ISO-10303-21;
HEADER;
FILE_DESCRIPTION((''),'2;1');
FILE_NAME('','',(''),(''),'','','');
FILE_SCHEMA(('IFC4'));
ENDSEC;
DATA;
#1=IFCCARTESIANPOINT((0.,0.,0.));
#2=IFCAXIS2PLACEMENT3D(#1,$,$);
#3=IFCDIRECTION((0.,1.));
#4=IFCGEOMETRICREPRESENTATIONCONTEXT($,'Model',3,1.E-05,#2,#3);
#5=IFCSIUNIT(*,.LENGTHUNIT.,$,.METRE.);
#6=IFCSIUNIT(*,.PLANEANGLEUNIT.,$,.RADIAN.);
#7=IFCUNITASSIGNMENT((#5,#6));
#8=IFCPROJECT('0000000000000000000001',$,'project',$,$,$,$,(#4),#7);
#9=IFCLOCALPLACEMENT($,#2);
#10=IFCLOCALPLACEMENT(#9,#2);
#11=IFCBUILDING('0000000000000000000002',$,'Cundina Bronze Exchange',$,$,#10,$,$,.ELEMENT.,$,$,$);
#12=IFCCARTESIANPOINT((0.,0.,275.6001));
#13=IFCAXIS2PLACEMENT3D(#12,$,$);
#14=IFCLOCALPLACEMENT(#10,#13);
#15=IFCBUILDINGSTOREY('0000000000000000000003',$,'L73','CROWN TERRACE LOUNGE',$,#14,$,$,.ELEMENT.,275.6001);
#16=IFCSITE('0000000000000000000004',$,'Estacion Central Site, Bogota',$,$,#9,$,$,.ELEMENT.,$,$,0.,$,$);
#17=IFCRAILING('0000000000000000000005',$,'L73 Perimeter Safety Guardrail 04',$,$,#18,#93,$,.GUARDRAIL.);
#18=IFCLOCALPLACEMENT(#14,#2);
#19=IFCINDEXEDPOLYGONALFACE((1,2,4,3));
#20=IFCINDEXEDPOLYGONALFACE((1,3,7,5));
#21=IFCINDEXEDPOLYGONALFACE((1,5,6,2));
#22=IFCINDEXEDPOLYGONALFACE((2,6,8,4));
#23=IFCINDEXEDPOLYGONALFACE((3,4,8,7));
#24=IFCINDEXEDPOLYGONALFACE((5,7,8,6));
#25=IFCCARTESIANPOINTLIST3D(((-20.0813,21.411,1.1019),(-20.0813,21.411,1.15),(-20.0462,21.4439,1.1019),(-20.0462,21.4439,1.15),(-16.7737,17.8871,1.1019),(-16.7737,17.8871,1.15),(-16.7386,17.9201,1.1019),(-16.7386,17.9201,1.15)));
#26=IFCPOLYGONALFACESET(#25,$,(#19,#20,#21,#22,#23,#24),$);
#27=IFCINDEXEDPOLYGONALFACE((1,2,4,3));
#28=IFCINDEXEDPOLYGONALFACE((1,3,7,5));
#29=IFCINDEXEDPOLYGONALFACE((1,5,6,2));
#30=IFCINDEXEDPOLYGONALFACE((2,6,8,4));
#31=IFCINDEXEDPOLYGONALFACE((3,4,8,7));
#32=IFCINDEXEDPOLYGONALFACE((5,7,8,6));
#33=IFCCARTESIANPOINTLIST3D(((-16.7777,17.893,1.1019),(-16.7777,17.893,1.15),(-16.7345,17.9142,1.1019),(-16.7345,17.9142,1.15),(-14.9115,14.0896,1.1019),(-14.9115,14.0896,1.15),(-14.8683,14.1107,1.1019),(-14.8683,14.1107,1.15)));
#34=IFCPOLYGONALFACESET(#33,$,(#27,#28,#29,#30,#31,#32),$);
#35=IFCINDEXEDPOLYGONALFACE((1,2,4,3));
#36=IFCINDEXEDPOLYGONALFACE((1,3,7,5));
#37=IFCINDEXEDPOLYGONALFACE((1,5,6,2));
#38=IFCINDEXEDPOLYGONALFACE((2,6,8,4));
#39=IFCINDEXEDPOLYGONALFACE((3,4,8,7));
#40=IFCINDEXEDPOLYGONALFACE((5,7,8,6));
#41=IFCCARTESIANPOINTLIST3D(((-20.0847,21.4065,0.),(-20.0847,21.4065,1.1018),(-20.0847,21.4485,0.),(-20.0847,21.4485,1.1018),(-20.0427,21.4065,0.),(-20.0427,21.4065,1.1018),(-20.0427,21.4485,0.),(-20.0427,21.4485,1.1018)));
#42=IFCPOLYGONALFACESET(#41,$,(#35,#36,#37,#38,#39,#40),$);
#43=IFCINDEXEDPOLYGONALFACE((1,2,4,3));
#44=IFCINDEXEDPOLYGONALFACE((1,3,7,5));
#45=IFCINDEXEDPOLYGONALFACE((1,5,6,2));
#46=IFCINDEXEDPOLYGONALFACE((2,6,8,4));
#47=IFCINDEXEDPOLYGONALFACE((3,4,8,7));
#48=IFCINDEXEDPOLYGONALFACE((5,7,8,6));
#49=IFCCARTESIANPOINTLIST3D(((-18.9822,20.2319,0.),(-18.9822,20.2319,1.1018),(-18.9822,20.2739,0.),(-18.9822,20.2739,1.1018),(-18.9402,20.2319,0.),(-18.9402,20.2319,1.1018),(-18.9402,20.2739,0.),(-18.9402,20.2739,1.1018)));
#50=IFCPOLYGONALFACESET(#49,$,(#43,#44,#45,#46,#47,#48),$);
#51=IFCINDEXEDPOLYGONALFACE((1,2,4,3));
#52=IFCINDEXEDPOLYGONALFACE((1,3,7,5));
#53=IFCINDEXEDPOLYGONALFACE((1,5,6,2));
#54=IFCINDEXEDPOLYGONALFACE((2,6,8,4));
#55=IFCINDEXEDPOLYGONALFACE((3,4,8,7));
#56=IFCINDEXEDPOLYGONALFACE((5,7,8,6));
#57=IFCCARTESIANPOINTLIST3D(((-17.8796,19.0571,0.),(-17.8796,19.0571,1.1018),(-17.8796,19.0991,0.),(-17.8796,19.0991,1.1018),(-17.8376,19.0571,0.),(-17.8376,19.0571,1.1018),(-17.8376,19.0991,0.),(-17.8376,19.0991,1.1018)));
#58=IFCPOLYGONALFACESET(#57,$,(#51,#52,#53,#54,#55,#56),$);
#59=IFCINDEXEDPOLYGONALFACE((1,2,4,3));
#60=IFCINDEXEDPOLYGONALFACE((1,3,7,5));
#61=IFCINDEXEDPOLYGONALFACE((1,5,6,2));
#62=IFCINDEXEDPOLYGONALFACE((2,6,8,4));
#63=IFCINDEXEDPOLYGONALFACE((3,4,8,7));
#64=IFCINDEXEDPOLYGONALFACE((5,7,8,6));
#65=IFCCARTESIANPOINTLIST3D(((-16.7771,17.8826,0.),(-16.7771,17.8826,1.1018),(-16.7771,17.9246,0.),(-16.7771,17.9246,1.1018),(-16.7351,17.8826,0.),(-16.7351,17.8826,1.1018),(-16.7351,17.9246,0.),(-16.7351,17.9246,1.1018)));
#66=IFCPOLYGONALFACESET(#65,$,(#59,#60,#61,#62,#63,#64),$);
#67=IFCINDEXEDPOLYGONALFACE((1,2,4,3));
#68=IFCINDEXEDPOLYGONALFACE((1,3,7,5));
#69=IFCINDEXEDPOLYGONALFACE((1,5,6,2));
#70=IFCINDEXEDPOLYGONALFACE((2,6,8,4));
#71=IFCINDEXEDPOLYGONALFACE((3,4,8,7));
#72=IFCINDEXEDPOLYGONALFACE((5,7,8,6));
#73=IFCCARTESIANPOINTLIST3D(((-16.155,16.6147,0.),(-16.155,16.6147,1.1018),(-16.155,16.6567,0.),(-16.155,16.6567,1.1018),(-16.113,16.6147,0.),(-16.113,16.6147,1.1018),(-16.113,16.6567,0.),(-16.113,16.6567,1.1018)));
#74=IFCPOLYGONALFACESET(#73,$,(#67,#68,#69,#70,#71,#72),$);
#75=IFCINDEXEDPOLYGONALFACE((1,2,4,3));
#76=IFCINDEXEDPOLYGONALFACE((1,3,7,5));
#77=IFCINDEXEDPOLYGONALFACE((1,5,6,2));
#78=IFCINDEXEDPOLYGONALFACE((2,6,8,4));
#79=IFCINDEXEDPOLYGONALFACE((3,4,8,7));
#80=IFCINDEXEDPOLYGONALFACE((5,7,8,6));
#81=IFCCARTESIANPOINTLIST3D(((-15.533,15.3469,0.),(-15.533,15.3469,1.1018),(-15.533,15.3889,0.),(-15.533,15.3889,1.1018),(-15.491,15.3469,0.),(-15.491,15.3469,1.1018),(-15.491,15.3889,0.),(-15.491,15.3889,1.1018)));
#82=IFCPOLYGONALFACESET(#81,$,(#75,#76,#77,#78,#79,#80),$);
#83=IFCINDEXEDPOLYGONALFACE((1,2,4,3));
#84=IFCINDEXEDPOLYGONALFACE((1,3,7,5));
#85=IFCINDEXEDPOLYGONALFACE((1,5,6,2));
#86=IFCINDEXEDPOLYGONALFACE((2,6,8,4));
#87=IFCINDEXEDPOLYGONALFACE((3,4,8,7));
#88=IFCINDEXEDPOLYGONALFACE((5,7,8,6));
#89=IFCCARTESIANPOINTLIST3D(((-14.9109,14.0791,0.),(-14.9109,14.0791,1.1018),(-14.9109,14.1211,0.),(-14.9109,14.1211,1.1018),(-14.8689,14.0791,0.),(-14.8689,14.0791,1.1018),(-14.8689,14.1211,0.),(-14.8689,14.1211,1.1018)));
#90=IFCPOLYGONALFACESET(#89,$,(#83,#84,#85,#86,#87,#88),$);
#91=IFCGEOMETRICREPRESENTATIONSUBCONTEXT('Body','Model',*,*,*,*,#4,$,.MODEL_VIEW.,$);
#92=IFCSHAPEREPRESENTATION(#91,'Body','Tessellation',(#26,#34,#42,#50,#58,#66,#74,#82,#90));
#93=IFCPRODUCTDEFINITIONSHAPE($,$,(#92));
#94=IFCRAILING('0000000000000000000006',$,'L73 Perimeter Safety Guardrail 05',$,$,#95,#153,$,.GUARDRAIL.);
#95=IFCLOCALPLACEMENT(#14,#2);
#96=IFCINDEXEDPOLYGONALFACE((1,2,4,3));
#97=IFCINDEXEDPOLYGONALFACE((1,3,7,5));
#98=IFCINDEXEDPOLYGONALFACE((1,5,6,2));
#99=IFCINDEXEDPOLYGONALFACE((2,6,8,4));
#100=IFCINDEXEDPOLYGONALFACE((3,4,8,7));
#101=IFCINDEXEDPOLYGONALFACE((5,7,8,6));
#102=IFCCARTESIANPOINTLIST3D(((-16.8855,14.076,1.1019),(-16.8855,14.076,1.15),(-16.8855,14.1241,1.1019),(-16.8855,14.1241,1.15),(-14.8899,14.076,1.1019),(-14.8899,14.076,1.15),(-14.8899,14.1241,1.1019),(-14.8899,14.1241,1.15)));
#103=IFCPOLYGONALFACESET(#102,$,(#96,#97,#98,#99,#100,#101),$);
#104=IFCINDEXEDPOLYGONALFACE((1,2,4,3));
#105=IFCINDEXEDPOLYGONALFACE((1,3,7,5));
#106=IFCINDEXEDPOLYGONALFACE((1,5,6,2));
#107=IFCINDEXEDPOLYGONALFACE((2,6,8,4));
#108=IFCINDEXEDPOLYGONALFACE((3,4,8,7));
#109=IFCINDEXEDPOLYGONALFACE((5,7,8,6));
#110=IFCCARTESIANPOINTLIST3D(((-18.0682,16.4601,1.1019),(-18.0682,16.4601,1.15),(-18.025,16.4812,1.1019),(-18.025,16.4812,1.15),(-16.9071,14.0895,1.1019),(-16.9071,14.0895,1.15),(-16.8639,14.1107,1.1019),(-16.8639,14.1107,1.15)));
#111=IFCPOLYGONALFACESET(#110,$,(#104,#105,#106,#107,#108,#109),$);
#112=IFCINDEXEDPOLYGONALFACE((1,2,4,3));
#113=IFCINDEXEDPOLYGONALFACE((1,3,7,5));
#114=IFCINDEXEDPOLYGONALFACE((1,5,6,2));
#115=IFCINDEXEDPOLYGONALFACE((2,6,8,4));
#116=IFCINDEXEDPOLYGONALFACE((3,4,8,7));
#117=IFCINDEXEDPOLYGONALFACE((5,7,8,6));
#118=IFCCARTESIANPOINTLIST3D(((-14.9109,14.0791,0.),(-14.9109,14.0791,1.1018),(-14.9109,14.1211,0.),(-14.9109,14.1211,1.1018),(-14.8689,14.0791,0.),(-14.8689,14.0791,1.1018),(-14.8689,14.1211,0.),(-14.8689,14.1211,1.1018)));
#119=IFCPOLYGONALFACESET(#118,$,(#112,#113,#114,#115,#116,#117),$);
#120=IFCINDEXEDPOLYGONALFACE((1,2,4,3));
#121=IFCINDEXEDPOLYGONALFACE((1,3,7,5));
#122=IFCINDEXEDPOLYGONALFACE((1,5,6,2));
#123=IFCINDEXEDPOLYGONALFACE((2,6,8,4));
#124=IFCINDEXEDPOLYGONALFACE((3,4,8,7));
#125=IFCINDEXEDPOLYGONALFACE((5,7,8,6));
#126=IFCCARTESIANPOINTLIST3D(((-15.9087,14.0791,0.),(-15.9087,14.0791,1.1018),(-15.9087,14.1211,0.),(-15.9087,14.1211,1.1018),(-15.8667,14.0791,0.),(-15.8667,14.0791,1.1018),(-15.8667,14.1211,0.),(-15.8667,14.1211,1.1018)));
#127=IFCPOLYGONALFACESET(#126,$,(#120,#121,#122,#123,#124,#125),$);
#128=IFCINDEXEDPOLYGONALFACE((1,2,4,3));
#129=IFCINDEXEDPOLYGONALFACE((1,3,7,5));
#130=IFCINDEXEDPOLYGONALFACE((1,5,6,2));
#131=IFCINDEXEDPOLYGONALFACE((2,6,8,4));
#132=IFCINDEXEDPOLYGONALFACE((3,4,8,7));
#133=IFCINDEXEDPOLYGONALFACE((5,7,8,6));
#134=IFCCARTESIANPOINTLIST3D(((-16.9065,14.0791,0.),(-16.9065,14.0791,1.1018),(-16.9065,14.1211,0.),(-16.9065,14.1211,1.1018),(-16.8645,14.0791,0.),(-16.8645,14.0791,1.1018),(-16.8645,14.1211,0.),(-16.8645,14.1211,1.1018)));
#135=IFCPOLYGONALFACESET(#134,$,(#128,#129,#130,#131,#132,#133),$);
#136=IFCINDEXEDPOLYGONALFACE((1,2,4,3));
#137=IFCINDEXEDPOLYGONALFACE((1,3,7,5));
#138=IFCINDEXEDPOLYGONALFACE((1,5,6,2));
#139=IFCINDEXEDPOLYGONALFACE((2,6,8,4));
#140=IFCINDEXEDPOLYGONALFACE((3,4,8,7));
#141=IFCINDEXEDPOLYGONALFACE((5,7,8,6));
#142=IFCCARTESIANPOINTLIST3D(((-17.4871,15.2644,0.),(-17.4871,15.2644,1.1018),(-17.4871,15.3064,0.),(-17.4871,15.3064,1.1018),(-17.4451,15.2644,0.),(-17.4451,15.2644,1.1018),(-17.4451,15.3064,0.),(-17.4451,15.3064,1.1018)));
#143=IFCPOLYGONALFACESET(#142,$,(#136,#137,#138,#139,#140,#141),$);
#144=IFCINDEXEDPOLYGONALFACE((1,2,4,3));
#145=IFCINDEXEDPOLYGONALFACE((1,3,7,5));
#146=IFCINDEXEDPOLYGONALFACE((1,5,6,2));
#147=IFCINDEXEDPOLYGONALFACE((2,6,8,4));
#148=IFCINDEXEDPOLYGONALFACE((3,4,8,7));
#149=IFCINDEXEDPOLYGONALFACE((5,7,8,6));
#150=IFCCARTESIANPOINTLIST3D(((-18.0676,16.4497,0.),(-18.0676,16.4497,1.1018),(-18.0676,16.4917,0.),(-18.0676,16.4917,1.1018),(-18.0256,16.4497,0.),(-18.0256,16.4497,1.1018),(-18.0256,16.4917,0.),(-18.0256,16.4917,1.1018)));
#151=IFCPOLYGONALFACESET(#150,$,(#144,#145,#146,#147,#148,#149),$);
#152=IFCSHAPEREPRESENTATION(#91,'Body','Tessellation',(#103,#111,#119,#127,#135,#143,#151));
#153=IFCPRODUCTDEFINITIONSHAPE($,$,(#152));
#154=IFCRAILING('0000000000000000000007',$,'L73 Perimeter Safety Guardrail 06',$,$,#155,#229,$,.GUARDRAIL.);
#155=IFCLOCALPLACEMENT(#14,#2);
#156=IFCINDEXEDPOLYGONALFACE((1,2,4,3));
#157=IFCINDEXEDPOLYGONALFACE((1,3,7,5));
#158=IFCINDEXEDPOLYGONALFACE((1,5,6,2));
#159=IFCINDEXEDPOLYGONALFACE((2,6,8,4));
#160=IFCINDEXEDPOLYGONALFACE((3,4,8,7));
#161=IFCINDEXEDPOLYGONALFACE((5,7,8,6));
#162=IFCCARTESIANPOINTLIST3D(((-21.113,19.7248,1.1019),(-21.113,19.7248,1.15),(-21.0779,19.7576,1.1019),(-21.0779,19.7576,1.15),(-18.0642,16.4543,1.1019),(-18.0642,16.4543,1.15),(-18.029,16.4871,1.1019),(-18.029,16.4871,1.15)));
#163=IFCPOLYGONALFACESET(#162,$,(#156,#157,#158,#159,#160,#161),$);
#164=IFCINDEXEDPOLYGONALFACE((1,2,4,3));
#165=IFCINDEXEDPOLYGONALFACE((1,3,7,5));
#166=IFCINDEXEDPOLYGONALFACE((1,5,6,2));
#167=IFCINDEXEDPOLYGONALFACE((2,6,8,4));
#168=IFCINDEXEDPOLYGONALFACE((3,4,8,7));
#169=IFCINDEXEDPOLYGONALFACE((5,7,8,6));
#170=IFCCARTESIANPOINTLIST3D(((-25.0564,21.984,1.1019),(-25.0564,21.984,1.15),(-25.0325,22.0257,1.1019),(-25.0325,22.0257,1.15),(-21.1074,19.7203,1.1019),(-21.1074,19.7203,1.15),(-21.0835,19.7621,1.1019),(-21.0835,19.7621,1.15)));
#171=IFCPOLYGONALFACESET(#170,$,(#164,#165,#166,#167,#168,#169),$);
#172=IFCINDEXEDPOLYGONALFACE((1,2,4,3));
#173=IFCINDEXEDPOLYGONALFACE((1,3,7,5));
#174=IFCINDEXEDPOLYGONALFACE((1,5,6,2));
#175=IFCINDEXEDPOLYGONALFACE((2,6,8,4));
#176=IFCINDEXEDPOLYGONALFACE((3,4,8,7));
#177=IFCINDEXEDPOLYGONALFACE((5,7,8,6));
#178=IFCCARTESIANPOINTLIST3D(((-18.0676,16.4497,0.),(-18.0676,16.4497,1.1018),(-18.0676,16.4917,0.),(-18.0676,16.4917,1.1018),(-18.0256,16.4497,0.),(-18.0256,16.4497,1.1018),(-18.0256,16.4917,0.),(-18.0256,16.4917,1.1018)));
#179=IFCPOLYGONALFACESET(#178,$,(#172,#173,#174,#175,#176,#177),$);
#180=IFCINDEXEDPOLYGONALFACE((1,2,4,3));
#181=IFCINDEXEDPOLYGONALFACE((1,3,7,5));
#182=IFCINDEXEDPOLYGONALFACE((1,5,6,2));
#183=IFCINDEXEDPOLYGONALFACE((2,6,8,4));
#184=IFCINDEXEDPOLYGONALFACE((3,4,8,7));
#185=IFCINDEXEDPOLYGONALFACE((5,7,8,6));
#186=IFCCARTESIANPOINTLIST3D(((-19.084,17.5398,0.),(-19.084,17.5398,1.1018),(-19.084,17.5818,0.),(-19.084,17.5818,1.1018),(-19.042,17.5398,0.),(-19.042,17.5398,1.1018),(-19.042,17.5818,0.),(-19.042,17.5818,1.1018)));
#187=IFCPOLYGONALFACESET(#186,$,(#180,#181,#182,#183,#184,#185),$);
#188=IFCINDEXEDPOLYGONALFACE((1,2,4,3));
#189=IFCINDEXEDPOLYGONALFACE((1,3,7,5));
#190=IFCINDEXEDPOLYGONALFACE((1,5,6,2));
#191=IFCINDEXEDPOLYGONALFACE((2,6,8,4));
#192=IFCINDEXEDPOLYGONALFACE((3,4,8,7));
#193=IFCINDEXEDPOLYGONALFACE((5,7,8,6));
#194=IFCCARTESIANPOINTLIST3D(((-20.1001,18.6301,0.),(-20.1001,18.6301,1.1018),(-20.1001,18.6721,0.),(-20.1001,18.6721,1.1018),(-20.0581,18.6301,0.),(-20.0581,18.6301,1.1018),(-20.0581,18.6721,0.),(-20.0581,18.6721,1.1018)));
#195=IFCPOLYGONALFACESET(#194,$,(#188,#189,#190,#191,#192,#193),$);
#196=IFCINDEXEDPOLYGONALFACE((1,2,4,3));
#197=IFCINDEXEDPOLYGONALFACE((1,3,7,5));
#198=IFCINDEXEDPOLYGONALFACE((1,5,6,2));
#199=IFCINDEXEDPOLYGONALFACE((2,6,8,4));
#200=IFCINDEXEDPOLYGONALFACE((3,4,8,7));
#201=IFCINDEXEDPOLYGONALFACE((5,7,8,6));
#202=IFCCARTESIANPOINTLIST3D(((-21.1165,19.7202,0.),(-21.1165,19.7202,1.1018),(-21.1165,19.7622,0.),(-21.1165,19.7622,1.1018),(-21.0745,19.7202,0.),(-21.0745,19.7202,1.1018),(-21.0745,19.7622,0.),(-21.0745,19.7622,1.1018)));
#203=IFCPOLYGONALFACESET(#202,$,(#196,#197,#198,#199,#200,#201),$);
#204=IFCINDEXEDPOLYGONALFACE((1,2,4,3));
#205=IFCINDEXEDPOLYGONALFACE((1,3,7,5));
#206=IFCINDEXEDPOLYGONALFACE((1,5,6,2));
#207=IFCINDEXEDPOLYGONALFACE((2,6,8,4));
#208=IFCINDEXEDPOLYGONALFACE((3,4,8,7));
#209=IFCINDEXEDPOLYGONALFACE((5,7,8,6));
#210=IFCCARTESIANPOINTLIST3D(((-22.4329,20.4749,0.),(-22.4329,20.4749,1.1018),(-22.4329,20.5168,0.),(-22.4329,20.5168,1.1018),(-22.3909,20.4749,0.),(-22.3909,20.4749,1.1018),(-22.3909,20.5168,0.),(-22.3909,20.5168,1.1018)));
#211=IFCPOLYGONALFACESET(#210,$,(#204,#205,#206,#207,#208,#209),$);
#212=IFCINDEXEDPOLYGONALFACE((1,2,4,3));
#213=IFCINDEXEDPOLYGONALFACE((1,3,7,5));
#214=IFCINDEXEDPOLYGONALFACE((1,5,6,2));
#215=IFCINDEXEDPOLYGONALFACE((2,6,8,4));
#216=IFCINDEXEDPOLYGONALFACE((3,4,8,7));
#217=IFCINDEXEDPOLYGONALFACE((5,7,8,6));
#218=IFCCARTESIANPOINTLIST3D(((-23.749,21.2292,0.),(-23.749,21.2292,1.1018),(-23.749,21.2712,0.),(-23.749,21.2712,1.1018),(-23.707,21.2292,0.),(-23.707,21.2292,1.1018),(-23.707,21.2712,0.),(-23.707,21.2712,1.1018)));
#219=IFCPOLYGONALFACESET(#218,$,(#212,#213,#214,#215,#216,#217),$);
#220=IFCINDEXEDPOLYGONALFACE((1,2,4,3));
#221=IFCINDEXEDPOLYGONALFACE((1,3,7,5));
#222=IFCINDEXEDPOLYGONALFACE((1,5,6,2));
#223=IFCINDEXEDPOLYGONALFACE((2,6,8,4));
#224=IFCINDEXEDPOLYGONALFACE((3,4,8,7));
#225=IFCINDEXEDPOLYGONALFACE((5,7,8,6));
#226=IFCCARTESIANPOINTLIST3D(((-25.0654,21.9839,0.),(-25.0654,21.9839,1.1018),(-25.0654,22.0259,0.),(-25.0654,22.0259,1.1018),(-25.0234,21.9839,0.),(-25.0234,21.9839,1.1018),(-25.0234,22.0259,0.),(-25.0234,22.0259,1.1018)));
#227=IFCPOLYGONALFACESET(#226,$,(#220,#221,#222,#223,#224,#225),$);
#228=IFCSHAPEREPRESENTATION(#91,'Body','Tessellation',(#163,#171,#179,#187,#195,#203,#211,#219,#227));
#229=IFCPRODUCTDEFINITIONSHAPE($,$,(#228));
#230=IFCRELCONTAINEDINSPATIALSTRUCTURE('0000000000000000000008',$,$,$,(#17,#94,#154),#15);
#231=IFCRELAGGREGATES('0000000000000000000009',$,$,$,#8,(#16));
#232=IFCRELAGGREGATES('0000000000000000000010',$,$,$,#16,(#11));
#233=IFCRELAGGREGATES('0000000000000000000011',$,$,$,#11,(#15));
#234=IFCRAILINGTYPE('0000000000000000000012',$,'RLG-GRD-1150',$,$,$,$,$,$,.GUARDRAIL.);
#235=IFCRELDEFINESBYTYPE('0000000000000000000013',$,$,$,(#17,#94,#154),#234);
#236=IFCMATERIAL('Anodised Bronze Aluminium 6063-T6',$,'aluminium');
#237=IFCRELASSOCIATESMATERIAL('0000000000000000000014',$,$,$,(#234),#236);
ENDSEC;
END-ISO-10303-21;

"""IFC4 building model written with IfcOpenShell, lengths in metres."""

from ifc_helpers import new_model, si_unit, direction, frame, origin, origin_2d, place, context, subcontext, project, spatial, rectangle, extrude, material, type_object, element, save


model = new_model("IFC4")

# Units and contexts
model_context = context("Model", 3, precision=1e-05, world=origin(), true_north=direction((0.0, 1.0)))
body_context = subcontext(model_context, "Body", "Model", "MODEL_VIEW")
ifc_project = project(units=[si_unit("LENGTHUNIT", "METRE"), si_unit("PLANEANGLEUNIT", "RADIAN")], contexts=[model_context])

# Site, building, storey
site_placement = place(None, origin())
site = spatial("IfcSite", under=ifc_project, at=site_placement, Name="Estacion Central Site, Bogota", CompositionType="ELEMENT", RefElevation=0.0)
building_placement = place(site_placement, origin())
building = spatial("IfcBuilding", under=site, at=building_placement, Name="Cundina Bronze Exchange", CompositionType="ELEMENT")
storey_placement = place(building_placement, frame((0.0, 0.0, 275.6001)))
storey = spatial("IfcBuildingStorey", under=building, at=storey_placement, Name="L73", Description="CROWN TERRACE LOUNGE", CompositionType="ELEMENT", Elevation=275.6001)

# Shared definitions
ifc_material_1 = material(Name="Anodised Bronze Aluminium 6063-T6", Category="aluminium")

# Railings
railing_type = type_object("IfcRailingType", Name="RLG-GRD-1150", PredefinedType="GUARDRAIL", material=ifc_material_1)
railing_1_placement = place(storey_placement, frame((-20.0637, 21.4275, 0.0)))
element("IfcRailing", 1, at=railing_1_placement, inside=storey, type_object=railing_type, Name="L73 Perimeter Safety Guardrail 04", PredefinedType="GUARDRAIL", context=body_context, shape_type="SweptSolid", body=[
    extrude(rectangle(XDim=0.0481, YDim=0.0481, at=origin_2d()), frame((0.0, 0.0, 1.126), z_axis=(0.684375, -0.729131, 0.0), x_axis=(0.729131, 0.684375, 0.0)), (0.0, 0.0, 1.0), 4.833),
    extrude(rectangle(XDim=0.0481, YDim=0.0481, at=origin_2d()), frame((3.3076, -3.5239, 1.126), z_axis=(0.440493, -0.897756, 0.0), x_axis=(0.897756, 0.440493, 0.0)), (0.0, 0.0, 1.0), 4.2366),
    extrude(rectangle(XDim=0.042, YDim=0.042, at=origin_2d()), origin(), (0.0, 0.0, 1.0), 1.1018),
    extrude(rectangle(XDim=0.042, YDim=0.042, at=origin_2d()), frame((1.1025, -1.1746, 0.0)), (0.0, 0.0, 1.0), 1.1018),
    extrude(rectangle(XDim=0.042, YDim=0.042, at=origin_2d()), frame((2.2051, -2.3494, 0.0)), (0.0, 0.0, 1.0), 1.1018),
    extrude(rectangle(XDim=0.042, YDim=0.042, at=origin_2d()), frame((3.3076, -3.5239, 0.0)), (0.0, 0.0, 1.0), 1.1018),
    extrude(rectangle(XDim=0.042, YDim=0.042, at=origin_2d()), frame((3.9297, -4.7917, 0.0)), (0.0, 0.0, 1.0), 1.1018),
    extrude(rectangle(XDim=0.042, YDim=0.042, at=origin_2d()), frame((4.5518, -6.0596, 0.0)), (0.0, 0.0, 1.0), 1.1018),
    extrude(rectangle(XDim=0.042, YDim=0.042, at=origin_2d()), frame((5.1738, -7.3274, 0.0)), (0.0, 0.0, 1.0), 1.1018),
])
railing_2_placement = place(storey_placement, frame((-14.8899, 14.1001, 0.0)))
element("IfcRailing", 2, at=railing_2_placement, inside=storey, type_object=railing_type, Name="L73 Perimeter Safety Guardrail 05", PredefinedType="GUARDRAIL", context=body_context, shape_type="SweptSolid", body=[
    extrude(rectangle(XDim=0.0481, YDim=0.0481, at=origin_2d()), frame((0.0, 0.0, 1.126), z_axis=(-1.0, 0.0, 0.0), x_axis=(0.0, -1.0, 0.0)), (0.0, 0.0, 1.0), 1.9956),
    extrude(rectangle(XDim=0.0481, YDim=0.0481, at=origin_2d()), frame((-1.9956, 0.0, 1.126), z_axis=(-0.439874, 0.89806, 0.0), x_axis=(-0.89806, -0.439874, 0.0)), (0.0, 0.0, 1.0), 2.6396),
    extrude(rectangle(XDim=0.042, YDim=0.042, at=origin_2d()), origin(), (0.0, 0.0, 1.0), 1.1018),
    extrude(rectangle(XDim=0.042, YDim=0.042, at=origin_2d()), frame((-0.9978, 0.0, 0.0)), (0.0, 0.0, 1.0), 1.1018),
    extrude(rectangle(XDim=0.042, YDim=0.042, at=origin_2d()), frame((-1.9956, 0.0, 0.0)), (0.0, 0.0, 1.0), 1.1018),
    extrude(rectangle(XDim=0.042, YDim=0.042, at=origin_2d()), frame((-2.5762, 1.1853, 0.0)), (0.0, 0.0, 1.0), 1.1018),
    extrude(rectangle(XDim=0.042, YDim=0.042, at=origin_2d()), frame((-3.1567, 2.3706, 0.0)), (0.0, 0.0, 1.0), 1.1018),
])
railing_3_placement = place(storey_placement, frame((-18.0466, 16.4707, 0.0)))
element("IfcRailing", 3, at=railing_3_placement, inside=storey, type_object=railing_type, Name="L73 Perimeter Safety Guardrail 06", PredefinedType="GUARDRAIL", context=body_context, shape_type="SweptSolid", body=[
    extrude(rectangle(XDim=0.0481, YDim=0.0481, at=origin_2d()), frame((0.0, 0.0, 1.126), z_axis=(-0.681882, 0.731462, 0.0), x_axis=(-0.731462, -0.681882, 0.0)), (0.0, 0.0, 1.0), 4.4712),
    extrude(rectangle(XDim=0.0481, YDim=0.0481, at=origin_2d()), frame((-3.0488, 3.2705, 1.126), z_axis=(-0.867569, 0.497317, 0.0), x_axis=(-0.497317, -0.867569, 0.0)), (0.0, 0.0, 1.0), 4.5518),
    extrude(rectangle(XDim=0.042, YDim=0.042, at=origin_2d()), origin(), (0.0, 0.0, 1.0), 1.1018),
    extrude(rectangle(XDim=0.042, YDim=0.042, at=origin_2d()), frame((-1.0164, 1.0901, 0.0)), (0.0, 0.0, 1.0), 1.1018),
    extrude(rectangle(XDim=0.042, YDim=0.042, at=origin_2d()), frame((-2.0325, 2.1804, 0.0)), (0.0, 0.0, 1.0), 1.1018),
    extrude(rectangle(XDim=0.042, YDim=0.042, at=origin_2d()), frame((-3.0488, 3.2705, 0.0)), (0.0, 0.0, 1.0), 1.1018),
    extrude(rectangle(XDim=0.042, YDim=0.042, at=origin_2d()), frame((-4.3652, 4.0251, 0.0)), (0.0, 0.0, 1.0), 1.1018),
    extrude(rectangle(XDim=0.042, YDim=0.042, at=origin_2d()), frame((-5.6814, 4.7795, 0.0)), (0.0, 0.0, 1.0), 1.1018),
    extrude(rectangle(XDim=0.042, YDim=0.042, at=origin_2d()), frame((-6.9978, 5.5342, 0.0)), (0.0, 0.0, 1.0), 1.1018),
])

save(model, "model.ifc")
